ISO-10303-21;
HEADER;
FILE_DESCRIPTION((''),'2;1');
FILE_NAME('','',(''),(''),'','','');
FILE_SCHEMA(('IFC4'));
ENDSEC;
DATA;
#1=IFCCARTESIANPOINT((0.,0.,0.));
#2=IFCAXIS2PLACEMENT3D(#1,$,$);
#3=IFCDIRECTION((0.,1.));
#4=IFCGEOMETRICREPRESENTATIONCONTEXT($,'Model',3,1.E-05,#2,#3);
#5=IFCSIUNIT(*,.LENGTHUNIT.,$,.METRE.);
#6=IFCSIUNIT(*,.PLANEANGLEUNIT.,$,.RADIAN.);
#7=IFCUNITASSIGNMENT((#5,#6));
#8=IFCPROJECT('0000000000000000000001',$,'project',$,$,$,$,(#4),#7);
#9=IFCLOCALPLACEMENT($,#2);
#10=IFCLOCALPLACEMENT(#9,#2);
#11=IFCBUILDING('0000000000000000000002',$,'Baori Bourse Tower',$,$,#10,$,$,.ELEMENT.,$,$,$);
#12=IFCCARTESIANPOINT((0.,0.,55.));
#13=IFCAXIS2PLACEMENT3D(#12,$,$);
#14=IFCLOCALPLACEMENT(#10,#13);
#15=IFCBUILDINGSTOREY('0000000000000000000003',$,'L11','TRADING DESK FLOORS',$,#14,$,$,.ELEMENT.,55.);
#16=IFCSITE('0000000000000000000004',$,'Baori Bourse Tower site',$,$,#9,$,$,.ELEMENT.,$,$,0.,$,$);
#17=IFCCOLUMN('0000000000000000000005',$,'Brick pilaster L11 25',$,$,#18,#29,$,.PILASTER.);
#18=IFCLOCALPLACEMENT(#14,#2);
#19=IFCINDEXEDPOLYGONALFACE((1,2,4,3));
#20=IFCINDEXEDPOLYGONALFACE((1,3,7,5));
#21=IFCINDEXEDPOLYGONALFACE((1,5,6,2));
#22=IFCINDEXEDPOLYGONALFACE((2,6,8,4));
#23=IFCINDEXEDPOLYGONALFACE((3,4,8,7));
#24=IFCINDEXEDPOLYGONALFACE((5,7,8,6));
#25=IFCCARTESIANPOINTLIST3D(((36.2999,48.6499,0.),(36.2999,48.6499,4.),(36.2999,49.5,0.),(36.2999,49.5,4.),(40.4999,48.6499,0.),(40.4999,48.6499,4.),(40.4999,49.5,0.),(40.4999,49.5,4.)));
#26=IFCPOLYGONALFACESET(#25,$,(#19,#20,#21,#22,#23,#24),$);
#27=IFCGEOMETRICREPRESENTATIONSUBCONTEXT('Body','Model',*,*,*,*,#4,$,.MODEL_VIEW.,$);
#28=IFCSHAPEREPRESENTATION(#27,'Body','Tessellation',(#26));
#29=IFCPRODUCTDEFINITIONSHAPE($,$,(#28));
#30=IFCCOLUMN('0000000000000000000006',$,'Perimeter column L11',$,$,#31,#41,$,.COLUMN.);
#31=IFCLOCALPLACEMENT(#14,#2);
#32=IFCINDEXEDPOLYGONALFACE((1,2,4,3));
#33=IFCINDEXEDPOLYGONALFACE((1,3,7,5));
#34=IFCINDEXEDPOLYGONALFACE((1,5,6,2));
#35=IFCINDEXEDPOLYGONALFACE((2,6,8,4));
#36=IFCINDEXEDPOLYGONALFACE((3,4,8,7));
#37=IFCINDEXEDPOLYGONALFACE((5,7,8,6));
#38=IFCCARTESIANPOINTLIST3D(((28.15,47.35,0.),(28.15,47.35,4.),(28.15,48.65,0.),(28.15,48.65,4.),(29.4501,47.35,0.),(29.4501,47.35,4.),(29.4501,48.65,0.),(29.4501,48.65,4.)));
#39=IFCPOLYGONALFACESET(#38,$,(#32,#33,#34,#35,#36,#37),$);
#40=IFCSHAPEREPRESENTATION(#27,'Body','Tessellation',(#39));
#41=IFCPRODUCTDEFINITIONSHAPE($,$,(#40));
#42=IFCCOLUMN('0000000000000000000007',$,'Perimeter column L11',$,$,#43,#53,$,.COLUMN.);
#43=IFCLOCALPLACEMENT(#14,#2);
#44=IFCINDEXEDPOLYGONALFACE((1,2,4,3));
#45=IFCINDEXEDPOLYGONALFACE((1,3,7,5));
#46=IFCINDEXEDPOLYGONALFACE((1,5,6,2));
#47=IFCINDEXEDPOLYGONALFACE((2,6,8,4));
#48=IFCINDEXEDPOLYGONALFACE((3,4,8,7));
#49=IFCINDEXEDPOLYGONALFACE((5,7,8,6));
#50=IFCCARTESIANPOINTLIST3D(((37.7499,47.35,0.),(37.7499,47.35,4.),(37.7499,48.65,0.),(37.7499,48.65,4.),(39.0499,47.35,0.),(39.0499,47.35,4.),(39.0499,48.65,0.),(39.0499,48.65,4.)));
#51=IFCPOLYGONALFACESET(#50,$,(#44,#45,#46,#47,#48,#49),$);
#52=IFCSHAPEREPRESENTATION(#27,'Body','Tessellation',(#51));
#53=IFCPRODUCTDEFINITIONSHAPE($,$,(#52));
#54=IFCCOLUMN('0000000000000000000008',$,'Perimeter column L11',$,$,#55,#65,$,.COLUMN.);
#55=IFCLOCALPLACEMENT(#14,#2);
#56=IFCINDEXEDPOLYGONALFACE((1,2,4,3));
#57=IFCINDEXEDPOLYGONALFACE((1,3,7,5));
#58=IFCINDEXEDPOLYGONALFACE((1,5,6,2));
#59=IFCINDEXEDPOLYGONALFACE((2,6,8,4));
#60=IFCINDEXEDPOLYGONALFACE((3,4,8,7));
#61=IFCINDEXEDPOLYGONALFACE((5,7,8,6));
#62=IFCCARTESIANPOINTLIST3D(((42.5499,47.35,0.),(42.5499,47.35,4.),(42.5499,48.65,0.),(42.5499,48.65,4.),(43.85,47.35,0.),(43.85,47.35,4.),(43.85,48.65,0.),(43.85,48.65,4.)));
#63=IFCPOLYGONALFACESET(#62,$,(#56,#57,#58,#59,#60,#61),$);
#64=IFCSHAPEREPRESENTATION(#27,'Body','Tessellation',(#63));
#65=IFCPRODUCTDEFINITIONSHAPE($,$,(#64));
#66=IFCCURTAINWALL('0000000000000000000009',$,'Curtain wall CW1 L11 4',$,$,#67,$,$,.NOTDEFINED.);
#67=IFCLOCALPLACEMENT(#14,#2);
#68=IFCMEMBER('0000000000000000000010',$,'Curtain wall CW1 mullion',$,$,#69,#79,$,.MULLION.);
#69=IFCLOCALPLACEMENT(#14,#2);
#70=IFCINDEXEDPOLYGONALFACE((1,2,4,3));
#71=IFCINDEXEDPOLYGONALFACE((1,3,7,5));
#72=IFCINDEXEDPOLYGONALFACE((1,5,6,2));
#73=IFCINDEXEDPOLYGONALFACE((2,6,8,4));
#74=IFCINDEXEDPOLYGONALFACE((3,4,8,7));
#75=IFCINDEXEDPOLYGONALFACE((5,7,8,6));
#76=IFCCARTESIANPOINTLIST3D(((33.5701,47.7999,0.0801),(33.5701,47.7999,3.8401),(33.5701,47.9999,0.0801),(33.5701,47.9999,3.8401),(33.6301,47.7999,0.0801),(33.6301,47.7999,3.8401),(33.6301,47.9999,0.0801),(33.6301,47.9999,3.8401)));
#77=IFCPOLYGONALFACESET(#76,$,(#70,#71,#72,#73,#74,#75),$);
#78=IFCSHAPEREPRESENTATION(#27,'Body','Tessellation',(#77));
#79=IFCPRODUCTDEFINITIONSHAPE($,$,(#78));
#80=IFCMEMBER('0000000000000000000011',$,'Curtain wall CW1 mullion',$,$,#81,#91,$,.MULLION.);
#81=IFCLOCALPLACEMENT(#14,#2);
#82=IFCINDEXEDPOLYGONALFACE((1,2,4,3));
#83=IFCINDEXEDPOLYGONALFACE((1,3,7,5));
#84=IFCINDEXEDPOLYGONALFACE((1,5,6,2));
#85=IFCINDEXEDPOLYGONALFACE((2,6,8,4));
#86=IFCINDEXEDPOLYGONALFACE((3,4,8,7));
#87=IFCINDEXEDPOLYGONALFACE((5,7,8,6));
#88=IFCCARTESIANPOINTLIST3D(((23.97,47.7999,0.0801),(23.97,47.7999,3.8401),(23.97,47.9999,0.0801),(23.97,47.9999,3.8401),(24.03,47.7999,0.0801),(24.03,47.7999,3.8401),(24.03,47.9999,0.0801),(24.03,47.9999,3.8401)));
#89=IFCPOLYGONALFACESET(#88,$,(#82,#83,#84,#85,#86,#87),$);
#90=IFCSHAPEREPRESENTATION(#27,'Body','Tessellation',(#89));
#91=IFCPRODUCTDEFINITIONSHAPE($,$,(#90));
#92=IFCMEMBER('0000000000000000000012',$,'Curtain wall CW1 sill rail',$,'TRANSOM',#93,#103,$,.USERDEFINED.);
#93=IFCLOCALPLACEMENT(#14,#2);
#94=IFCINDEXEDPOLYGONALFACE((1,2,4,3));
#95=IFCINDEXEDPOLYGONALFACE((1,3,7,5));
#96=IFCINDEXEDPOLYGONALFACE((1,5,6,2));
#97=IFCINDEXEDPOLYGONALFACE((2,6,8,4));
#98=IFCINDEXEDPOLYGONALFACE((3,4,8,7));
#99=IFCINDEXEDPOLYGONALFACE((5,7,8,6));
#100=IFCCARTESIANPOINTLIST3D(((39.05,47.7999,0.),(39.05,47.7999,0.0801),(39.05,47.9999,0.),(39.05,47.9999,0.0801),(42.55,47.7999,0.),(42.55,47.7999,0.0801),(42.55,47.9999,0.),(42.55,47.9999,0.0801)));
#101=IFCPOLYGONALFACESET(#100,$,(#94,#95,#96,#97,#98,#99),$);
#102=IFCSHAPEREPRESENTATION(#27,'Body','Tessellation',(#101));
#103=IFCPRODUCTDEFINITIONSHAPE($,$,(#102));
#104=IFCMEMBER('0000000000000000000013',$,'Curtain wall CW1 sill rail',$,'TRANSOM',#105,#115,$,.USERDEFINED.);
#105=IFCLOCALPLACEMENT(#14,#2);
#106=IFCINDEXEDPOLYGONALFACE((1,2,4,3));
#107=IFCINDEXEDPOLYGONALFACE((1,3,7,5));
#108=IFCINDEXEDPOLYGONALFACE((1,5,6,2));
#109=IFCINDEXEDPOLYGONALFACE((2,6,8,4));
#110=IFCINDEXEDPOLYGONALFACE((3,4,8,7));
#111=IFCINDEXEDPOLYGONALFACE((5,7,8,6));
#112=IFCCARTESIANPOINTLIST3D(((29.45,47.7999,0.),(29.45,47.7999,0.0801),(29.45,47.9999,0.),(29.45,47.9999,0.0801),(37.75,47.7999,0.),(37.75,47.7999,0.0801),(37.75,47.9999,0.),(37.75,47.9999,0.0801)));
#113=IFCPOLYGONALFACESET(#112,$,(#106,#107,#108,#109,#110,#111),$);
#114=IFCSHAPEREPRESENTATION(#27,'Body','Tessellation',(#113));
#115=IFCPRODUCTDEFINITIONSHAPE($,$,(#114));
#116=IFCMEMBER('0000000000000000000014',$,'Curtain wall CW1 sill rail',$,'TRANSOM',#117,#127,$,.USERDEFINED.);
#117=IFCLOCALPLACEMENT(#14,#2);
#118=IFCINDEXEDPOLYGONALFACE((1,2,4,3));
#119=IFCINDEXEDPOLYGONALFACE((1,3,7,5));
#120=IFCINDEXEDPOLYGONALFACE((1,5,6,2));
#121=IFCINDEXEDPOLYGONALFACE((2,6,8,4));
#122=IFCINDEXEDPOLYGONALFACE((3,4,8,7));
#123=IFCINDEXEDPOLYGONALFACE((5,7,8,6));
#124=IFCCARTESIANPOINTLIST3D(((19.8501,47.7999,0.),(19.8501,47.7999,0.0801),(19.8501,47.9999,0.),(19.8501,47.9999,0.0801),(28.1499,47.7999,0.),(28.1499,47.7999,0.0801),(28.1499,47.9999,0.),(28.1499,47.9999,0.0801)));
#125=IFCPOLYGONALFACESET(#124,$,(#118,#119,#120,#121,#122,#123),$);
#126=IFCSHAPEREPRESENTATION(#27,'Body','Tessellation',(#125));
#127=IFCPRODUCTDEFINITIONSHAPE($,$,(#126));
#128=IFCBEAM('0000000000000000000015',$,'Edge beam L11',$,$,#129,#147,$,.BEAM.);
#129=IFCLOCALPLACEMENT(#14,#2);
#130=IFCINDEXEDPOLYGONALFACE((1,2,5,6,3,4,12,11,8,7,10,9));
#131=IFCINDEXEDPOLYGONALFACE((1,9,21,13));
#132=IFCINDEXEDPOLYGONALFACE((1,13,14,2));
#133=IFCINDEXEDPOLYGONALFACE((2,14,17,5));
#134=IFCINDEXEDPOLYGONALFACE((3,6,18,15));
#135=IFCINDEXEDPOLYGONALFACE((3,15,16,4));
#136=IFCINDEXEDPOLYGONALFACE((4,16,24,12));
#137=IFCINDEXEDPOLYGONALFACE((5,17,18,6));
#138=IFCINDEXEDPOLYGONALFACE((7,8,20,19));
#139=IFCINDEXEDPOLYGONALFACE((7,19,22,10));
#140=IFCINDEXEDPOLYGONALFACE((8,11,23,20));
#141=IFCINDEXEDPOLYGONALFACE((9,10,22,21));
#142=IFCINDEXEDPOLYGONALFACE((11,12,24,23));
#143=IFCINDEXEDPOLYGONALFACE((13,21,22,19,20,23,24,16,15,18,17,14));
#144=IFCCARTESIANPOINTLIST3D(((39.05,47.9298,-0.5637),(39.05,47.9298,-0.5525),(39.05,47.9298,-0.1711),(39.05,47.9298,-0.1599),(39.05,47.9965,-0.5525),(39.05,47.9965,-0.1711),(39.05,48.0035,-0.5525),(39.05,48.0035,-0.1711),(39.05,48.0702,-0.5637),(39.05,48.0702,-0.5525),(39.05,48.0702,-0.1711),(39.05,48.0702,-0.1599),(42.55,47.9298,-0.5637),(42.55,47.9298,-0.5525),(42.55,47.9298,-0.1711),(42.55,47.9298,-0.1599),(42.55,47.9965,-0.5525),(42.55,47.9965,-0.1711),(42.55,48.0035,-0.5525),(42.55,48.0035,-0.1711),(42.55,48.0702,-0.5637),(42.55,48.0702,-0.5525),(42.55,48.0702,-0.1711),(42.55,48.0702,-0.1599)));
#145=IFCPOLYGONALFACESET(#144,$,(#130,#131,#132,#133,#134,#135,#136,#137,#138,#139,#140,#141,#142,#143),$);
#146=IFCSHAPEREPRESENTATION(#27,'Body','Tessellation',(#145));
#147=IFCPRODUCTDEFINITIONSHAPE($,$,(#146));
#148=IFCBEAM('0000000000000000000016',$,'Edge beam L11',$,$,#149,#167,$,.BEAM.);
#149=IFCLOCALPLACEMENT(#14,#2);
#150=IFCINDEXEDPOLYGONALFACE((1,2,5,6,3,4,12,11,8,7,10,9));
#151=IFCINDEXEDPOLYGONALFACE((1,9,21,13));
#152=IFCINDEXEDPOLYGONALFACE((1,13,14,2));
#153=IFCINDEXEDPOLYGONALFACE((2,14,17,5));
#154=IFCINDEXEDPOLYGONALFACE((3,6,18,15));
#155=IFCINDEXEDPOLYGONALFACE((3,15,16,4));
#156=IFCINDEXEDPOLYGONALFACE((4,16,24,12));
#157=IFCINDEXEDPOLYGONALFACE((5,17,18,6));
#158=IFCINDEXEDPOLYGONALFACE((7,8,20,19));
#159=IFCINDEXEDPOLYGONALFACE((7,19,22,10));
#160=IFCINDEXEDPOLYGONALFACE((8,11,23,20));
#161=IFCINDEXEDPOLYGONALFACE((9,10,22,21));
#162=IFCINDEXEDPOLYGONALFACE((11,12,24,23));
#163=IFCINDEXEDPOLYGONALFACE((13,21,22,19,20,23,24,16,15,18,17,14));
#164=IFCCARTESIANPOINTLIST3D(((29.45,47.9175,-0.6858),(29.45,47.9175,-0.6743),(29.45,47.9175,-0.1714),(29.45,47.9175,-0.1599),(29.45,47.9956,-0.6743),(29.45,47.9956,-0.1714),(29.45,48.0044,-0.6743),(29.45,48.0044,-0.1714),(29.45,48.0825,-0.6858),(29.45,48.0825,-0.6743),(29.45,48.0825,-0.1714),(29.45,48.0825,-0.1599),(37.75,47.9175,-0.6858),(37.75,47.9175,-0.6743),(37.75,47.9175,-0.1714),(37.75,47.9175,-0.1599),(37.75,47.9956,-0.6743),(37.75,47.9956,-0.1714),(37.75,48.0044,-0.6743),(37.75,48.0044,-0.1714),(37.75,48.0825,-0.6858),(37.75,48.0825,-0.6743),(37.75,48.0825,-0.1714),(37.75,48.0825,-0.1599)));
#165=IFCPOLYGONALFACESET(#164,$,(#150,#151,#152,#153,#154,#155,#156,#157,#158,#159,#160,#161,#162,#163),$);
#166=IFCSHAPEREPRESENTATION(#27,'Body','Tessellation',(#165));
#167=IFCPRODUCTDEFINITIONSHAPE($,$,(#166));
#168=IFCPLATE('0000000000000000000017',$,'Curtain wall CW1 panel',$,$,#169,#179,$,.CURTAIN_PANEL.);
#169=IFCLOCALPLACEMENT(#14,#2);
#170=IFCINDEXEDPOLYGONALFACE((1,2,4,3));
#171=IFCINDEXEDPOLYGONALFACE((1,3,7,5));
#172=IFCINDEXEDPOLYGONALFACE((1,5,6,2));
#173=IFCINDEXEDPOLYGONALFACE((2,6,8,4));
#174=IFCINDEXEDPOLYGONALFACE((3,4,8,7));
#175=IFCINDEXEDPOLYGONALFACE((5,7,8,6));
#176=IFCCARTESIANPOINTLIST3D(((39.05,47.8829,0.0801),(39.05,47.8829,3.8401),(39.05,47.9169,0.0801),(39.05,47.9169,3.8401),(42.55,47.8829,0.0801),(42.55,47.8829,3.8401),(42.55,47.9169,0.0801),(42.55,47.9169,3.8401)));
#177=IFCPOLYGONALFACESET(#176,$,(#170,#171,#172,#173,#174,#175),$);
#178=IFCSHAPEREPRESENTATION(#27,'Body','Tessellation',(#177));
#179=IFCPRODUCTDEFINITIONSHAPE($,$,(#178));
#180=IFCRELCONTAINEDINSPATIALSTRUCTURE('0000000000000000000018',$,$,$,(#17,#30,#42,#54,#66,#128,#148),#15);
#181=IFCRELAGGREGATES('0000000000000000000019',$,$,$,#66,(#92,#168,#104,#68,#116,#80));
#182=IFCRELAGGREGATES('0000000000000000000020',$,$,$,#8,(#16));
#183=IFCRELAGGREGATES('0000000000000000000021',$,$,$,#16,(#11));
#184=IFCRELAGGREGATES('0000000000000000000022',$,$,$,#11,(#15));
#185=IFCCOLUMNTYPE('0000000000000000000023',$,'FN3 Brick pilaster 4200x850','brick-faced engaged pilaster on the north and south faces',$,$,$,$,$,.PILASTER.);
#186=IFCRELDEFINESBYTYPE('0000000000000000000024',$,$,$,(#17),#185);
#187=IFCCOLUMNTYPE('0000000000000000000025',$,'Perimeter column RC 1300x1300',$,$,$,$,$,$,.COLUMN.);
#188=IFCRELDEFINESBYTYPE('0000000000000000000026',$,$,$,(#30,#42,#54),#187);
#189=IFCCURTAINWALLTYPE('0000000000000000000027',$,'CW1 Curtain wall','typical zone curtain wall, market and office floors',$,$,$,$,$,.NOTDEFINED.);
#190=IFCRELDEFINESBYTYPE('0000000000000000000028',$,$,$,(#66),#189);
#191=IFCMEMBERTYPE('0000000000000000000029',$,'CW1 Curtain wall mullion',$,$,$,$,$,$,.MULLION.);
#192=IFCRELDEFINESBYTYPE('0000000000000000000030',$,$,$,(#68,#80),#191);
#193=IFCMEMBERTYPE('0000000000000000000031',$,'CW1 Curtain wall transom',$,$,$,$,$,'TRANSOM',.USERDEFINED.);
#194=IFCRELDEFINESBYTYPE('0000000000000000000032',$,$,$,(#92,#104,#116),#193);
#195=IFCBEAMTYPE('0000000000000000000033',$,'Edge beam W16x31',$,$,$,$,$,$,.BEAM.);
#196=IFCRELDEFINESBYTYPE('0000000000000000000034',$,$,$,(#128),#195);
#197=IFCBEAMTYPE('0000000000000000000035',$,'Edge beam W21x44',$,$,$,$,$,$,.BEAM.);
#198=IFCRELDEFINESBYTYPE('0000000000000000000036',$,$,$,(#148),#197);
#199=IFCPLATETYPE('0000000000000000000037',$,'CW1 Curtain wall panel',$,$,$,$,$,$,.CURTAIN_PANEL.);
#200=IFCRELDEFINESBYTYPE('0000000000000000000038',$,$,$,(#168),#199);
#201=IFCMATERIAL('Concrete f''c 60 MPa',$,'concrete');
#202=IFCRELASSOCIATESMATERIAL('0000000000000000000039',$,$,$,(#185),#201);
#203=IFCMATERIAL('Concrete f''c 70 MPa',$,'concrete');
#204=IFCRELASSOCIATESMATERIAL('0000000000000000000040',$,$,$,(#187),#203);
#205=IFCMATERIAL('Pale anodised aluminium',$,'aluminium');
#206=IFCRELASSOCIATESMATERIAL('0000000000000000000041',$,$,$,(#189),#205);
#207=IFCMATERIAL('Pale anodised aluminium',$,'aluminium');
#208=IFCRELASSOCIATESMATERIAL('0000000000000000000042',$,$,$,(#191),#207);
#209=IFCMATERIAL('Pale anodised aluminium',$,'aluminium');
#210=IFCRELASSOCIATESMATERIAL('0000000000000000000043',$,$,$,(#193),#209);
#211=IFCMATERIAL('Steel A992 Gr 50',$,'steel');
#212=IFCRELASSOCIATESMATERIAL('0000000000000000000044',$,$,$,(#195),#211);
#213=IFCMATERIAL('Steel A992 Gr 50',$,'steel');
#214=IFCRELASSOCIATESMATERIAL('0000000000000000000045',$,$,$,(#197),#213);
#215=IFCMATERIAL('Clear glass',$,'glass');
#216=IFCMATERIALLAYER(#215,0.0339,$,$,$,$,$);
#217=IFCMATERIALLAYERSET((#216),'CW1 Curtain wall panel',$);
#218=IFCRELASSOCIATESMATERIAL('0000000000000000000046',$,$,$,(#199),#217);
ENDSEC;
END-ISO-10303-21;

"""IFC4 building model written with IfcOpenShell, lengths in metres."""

from ifc_helpers import new_model, si_unit, direction, frame, origin, origin_2d, place, context, subcontext, project, spatial, rectangle, i_section, extrude, material, layer, layer_set, material_profile, profile_set, type_object, element, aggregate, save


model = new_model("IFC4")

# Units and contexts
model_context = context("Model", 3, precision=1e-05, world=origin(), true_north=direction((0.0, 1.0)))
body_context = subcontext(model_context, "Body", "Model", "MODEL_VIEW")
ifc_project = project(units=[si_unit("LENGTHUNIT", "METRE"), si_unit("PLANEANGLEUNIT", "RADIAN")], contexts=[model_context])

# Site, building, storey
site_placement = place(None, origin())
site = spatial("IfcSite", under=ifc_project, at=site_placement, Name="Baori Bourse Tower site", CompositionType="ELEMENT", RefElevation=0.0)
building_placement = place(site_placement, origin())
building = spatial("IfcBuilding", under=site, at=building_placement, Name="Baori Bourse Tower", CompositionType="ELEMENT")
storey_placement = place(building_placement, frame((0.0, 0.0, 55.0)))
storey = spatial("IfcBuildingStorey", under=building, at=storey_placement, Name="L11", Description="TRADING DESK FLOORS", CompositionType="ELEMENT", Elevation=55.0)

# Columns
ifc_material_1 = material(Name="Concrete f'c 60 MPa", Category="concrete")
ifc_material_profile_1 = material_profile(ifc_material_1, rectangle(XDim=4.2, YDim=0.8501, at=origin_2d()), Name="RC 4200x850")
ifc_profile_set_1 = profile_set([ifc_material_profile_1], Name="Concrete f'c 60 MPa")
column_type_1 = type_object("IfcColumnType", Name="FN3 Brick pilaster 4200x850", Description="brick-faced engaged pilaster on the north and south faces", PredefinedType="PILASTER", material=ifc_profile_set_1)
column_placement = place(storey_placement, frame((38.3999, 49.075, 0.0), z_axis=(0.0, 0.0, 1.0), x_axis=(1.0, 0.0, 0.0)))
element("IfcColumn", 1, at=column_placement, inside=storey, type_object=column_type_1, Name="Brick pilaster L11 25", PredefinedType="PILASTER", context=body_context, shape_type="SweptSolid", body=[
    extrude(rectangle(XDim=4.2, YDim=0.8501, at=origin_2d()), origin(), (0.0, 0.0, 1.0), 4.0),
])
ifc_material_2 = material(Name="Concrete f'c 70 MPa", Category="concrete")
ifc_material_profile_2 = material_profile(ifc_material_2, rectangle(XDim=1.3, YDim=1.3, at=origin_2d()), Name="RC 1300x1300")
ifc_profile_set_2 = profile_set([ifc_material_profile_2], Name="Concrete f'c 70 MPa")
column_type_2 = type_object("IfcColumnType", Name="Perimeter column RC 1300x1300", PredefinedType="COLUMN", material=ifc_profile_set_2)
for number, where, z_axis, x_axis, name in (
    (2, (28.8, 48.0, 0.0), (0.0, 0.0, 1.0), (1.0, 0.0, 0.0), "Perimeter column L11"),
    (3, (38.3999, 48.0, 0.0), (0.0, 0.0, 1.0), (1.0, 0.0, 0.0), "Perimeter column L11"),
    (4, (43.2, 48.0, 0.0), (0.0, 0.0, 1.0), (1.0, 0.0, 0.0), "Perimeter column L11"),
):
    element("IfcColumn", number, at=place(storey_placement, frame(where, z_axis=z_axis, x_axis=x_axis)), inside=storey, type_object=column_type_2, Name=name, PredefinedType="COLUMN", context=body_context, shape_type="SweptSolid", body=[
        extrude(rectangle(XDim=1.3, YDim=1.3, at=origin_2d()), origin(), (0.0, 0.0, 1.0), 4.0),
    ])

# Curtain wall, members
ifc_material_3 = material(Name="Pale anodised aluminium", Category="aluminium")
curtain_wall_type = type_object("IfcCurtainWallType", Name="CW1 Curtain wall", Description="typical zone curtain wall, market and office floors", PredefinedType="NOTDEFINED", material=ifc_material_3)
curtain_wall_placement = place(storey_placement, origin())
curtain_wall = element("IfcCurtainWall", 5, at=curtain_wall_placement, inside=storey, type_object=curtain_wall_type, Name="Curtain wall CW1 L11 4", PredefinedType="NOTDEFINED")
ifc_material_4 = material(Name="Pale anodised aluminium", Category="aluminium")
ifc_material_profile_3 = material_profile(ifc_material_4, rectangle(XDim=0.2, YDim=0.0601, at=origin_2d()), Name="Mullion 60x200")
ifc_profile_set_3 = profile_set([ifc_material_profile_3], Name="Pale anodised aluminium")
member_type_1 = type_object("IfcMemberType", Name="CW1 Curtain wall mullion", PredefinedType="MULLION", material=ifc_profile_set_3)
member_1_placement = place(storey_placement, frame((33.6001, 47.8999, 0.0801), z_axis=(0.0, 0.0, 1.0), x_axis=(0.0, -1.0, 0.0)))
member_1 = element("IfcMember", 6, at=member_1_placement, type_object=member_type_1, Name="Curtain wall CW1 mullion", PredefinedType="MULLION", context=body_context, shape_type="SweptSolid", body=[
    extrude(rectangle(XDim=0.2, YDim=0.0601, at=origin_2d()), origin(), (0.0, 0.0, 1.0), 3.76),
])
member_2_placement = place(storey_placement, frame((24.0, 47.8999, 0.0801), z_axis=(0.0, 0.0, 1.0), x_axis=(0.0, -1.0, 0.0)))
member_2 = element("IfcMember", 7, at=member_2_placement, type_object=member_type_1, Name="Curtain wall CW1 mullion", PredefinedType="MULLION", context=body_context, shape_type="SweptSolid", body=[
    extrude(rectangle(XDim=0.2, YDim=0.0601, at=origin_2d()), origin(), (0.0, 0.0, 1.0), 3.76),
])
ifc_material_5 = material(Name="Pale anodised aluminium", Category="aluminium")
ifc_material_profile_4 = material_profile(ifc_material_5, rectangle(XDim=0.2, YDim=0.0801, at=origin_2d()), Name="Transom 80x200")
ifc_profile_set_4 = profile_set([ifc_material_profile_4], Name="Pale anodised aluminium")
member_type_2 = type_object("IfcMemberType", Name="CW1 Curtain wall transom", ElementType="TRANSOM", PredefinedType="USERDEFINED", material=ifc_profile_set_4)
member_3_placement = place(storey_placement, frame((42.55, 47.8999, 0.04), z_axis=(-1.0, 0.0, 0.0), x_axis=(0.0, -1.0, 0.0)))
member_3 = element("IfcMember", 8, at=member_3_placement, type_object=member_type_2, Name="Curtain wall CW1 sill rail", ObjectType="TRANSOM", PredefinedType="USERDEFINED", context=body_context, shape_type="SweptSolid", body=[
    extrude(rectangle(XDim=0.2, YDim=0.0801, at=origin_2d()), origin(), (0.0, 0.0, 1.0), 3.5),
])
member_4_placement = place(storey_placement, frame((37.75, 47.8999, 0.04), z_axis=(-1.0, 0.0, 0.0), x_axis=(0.0, -1.0, 0.0)))
member_4 = element("IfcMember", 9, at=member_4_placement, type_object=member_type_2, Name="Curtain wall CW1 sill rail", ObjectType="TRANSOM", PredefinedType="USERDEFINED", context=body_context, shape_type="SweptSolid", body=[
    extrude(rectangle(XDim=0.2, YDim=0.0801, at=origin_2d()), origin(), (0.0, 0.0, 1.0), 8.3),
])
member_5_placement = place(storey_placement, frame((28.1499, 47.8999, 0.04), z_axis=(-1.0, 0.0, 0.0), x_axis=(0.0, -1.0, 0.0)))
member_5 = element("IfcMember", 10, at=member_5_placement, type_object=member_type_2, Name="Curtain wall CW1 sill rail", ObjectType="TRANSOM", PredefinedType="USERDEFINED", context=body_context, shape_type="SweptSolid", body=[
    extrude(rectangle(XDim=0.2, YDim=0.0801, at=origin_2d()), origin(), (0.0, 0.0, 1.0), 8.2998),
])

# Beams
ifc_material_6 = material(Name="Steel A992 Gr 50", Category="steel")
ifc_material_profile_5 = material_profile(ifc_material_6, i_section(OverallWidth=0.1404, OverallDepth=0.4038, WebThickness=0.0071, FlangeThickness=0.0112, at=origin_2d()), Name="W16x31")
ifc_profile_set_5 = profile_set([ifc_material_profile_5], Name="Steel A992 Gr 50")
beam_type_1 = type_object("IfcBeamType", Name="Edge beam W16x31", PredefinedType="BEAM", material=ifc_profile_set_5)
beam_1_placement = place(storey_placement, frame((39.05, 48.0, -0.3618), z_axis=(1.0, 0.0, 0.0), x_axis=(0.0, 1.0, 0.0)))
element("IfcBeam", 11, at=beam_1_placement, inside=storey, type_object=beam_type_1, Name="Edge beam L11", PredefinedType="BEAM", context=body_context, shape_type="SweptSolid", body=[
    extrude(i_section(OverallWidth=0.1404, OverallDepth=0.4038, WebThickness=0.0071, FlangeThickness=0.0112, at=origin_2d()), origin(), (0.0, 0.0, 1.0), 3.5),
])
ifc_material_7 = material(Name="Steel A992 Gr 50", Category="steel")
ifc_material_profile_6 = material_profile(ifc_material_7, i_section(OverallWidth=0.165, OverallDepth=0.5259, WebThickness=0.0088, FlangeThickness=0.0115, at=origin_2d()), Name="W21x44")
ifc_profile_set_6 = profile_set([ifc_material_profile_6], Name="Steel A992 Gr 50")
beam_type_2 = type_object("IfcBeamType", Name="Edge beam W21x44", PredefinedType="BEAM", material=ifc_profile_set_6)
beam_2_placement = place(storey_placement, frame((29.45, 48.0, -0.4229), z_axis=(1.0, 0.0, 0.0), x_axis=(0.0, 1.0, 0.0)))
element("IfcBeam", 12, at=beam_2_placement, inside=storey, type_object=beam_type_2, Name="Edge beam L11", PredefinedType="BEAM", context=body_context, shape_type="SweptSolid", body=[
    extrude(i_section(OverallWidth=0.165, OverallDepth=0.5259, WebThickness=0.0088, FlangeThickness=0.0115, at=origin_2d()), origin(), (0.0, 0.0, 1.0), 8.3),
])

# Plate
ifc_material_8 = material(Name="Clear glass", Category="glass")
ifc_layer = layer(ifc_material_8, 0.0339)
ifc_layer_set = layer_set([ifc_layer], Name="CW1 Curtain wall panel")
plate_type = type_object("IfcPlateType", Name="CW1 Curtain wall panel", PredefinedType="CURTAIN_PANEL", material=ifc_layer_set)
plate_1_placement = place(storey_placement, frame((40.8, 47.8999, 0.0801), z_axis=(0.0, 0.0, 1.0), x_axis=(-1.0, 0.0, 0.0)))
plate_1 = element("IfcPlate", 13, at=plate_1_placement, type_object=plate_type, Name="Curtain wall CW1 panel", PredefinedType="CURTAIN_PANEL", context=body_context, shape_type="SweptSolid", body=[
    extrude(rectangle(XDim=3.5, YDim=0.0339, at=origin_2d()), origin(), (0.0, 0.0, 1.0), 3.76),
])
aggregate(curtain_wall, [member_3, plate_1, member_4, member_1, member_5, member_2])

save(model, "model.ifc")
